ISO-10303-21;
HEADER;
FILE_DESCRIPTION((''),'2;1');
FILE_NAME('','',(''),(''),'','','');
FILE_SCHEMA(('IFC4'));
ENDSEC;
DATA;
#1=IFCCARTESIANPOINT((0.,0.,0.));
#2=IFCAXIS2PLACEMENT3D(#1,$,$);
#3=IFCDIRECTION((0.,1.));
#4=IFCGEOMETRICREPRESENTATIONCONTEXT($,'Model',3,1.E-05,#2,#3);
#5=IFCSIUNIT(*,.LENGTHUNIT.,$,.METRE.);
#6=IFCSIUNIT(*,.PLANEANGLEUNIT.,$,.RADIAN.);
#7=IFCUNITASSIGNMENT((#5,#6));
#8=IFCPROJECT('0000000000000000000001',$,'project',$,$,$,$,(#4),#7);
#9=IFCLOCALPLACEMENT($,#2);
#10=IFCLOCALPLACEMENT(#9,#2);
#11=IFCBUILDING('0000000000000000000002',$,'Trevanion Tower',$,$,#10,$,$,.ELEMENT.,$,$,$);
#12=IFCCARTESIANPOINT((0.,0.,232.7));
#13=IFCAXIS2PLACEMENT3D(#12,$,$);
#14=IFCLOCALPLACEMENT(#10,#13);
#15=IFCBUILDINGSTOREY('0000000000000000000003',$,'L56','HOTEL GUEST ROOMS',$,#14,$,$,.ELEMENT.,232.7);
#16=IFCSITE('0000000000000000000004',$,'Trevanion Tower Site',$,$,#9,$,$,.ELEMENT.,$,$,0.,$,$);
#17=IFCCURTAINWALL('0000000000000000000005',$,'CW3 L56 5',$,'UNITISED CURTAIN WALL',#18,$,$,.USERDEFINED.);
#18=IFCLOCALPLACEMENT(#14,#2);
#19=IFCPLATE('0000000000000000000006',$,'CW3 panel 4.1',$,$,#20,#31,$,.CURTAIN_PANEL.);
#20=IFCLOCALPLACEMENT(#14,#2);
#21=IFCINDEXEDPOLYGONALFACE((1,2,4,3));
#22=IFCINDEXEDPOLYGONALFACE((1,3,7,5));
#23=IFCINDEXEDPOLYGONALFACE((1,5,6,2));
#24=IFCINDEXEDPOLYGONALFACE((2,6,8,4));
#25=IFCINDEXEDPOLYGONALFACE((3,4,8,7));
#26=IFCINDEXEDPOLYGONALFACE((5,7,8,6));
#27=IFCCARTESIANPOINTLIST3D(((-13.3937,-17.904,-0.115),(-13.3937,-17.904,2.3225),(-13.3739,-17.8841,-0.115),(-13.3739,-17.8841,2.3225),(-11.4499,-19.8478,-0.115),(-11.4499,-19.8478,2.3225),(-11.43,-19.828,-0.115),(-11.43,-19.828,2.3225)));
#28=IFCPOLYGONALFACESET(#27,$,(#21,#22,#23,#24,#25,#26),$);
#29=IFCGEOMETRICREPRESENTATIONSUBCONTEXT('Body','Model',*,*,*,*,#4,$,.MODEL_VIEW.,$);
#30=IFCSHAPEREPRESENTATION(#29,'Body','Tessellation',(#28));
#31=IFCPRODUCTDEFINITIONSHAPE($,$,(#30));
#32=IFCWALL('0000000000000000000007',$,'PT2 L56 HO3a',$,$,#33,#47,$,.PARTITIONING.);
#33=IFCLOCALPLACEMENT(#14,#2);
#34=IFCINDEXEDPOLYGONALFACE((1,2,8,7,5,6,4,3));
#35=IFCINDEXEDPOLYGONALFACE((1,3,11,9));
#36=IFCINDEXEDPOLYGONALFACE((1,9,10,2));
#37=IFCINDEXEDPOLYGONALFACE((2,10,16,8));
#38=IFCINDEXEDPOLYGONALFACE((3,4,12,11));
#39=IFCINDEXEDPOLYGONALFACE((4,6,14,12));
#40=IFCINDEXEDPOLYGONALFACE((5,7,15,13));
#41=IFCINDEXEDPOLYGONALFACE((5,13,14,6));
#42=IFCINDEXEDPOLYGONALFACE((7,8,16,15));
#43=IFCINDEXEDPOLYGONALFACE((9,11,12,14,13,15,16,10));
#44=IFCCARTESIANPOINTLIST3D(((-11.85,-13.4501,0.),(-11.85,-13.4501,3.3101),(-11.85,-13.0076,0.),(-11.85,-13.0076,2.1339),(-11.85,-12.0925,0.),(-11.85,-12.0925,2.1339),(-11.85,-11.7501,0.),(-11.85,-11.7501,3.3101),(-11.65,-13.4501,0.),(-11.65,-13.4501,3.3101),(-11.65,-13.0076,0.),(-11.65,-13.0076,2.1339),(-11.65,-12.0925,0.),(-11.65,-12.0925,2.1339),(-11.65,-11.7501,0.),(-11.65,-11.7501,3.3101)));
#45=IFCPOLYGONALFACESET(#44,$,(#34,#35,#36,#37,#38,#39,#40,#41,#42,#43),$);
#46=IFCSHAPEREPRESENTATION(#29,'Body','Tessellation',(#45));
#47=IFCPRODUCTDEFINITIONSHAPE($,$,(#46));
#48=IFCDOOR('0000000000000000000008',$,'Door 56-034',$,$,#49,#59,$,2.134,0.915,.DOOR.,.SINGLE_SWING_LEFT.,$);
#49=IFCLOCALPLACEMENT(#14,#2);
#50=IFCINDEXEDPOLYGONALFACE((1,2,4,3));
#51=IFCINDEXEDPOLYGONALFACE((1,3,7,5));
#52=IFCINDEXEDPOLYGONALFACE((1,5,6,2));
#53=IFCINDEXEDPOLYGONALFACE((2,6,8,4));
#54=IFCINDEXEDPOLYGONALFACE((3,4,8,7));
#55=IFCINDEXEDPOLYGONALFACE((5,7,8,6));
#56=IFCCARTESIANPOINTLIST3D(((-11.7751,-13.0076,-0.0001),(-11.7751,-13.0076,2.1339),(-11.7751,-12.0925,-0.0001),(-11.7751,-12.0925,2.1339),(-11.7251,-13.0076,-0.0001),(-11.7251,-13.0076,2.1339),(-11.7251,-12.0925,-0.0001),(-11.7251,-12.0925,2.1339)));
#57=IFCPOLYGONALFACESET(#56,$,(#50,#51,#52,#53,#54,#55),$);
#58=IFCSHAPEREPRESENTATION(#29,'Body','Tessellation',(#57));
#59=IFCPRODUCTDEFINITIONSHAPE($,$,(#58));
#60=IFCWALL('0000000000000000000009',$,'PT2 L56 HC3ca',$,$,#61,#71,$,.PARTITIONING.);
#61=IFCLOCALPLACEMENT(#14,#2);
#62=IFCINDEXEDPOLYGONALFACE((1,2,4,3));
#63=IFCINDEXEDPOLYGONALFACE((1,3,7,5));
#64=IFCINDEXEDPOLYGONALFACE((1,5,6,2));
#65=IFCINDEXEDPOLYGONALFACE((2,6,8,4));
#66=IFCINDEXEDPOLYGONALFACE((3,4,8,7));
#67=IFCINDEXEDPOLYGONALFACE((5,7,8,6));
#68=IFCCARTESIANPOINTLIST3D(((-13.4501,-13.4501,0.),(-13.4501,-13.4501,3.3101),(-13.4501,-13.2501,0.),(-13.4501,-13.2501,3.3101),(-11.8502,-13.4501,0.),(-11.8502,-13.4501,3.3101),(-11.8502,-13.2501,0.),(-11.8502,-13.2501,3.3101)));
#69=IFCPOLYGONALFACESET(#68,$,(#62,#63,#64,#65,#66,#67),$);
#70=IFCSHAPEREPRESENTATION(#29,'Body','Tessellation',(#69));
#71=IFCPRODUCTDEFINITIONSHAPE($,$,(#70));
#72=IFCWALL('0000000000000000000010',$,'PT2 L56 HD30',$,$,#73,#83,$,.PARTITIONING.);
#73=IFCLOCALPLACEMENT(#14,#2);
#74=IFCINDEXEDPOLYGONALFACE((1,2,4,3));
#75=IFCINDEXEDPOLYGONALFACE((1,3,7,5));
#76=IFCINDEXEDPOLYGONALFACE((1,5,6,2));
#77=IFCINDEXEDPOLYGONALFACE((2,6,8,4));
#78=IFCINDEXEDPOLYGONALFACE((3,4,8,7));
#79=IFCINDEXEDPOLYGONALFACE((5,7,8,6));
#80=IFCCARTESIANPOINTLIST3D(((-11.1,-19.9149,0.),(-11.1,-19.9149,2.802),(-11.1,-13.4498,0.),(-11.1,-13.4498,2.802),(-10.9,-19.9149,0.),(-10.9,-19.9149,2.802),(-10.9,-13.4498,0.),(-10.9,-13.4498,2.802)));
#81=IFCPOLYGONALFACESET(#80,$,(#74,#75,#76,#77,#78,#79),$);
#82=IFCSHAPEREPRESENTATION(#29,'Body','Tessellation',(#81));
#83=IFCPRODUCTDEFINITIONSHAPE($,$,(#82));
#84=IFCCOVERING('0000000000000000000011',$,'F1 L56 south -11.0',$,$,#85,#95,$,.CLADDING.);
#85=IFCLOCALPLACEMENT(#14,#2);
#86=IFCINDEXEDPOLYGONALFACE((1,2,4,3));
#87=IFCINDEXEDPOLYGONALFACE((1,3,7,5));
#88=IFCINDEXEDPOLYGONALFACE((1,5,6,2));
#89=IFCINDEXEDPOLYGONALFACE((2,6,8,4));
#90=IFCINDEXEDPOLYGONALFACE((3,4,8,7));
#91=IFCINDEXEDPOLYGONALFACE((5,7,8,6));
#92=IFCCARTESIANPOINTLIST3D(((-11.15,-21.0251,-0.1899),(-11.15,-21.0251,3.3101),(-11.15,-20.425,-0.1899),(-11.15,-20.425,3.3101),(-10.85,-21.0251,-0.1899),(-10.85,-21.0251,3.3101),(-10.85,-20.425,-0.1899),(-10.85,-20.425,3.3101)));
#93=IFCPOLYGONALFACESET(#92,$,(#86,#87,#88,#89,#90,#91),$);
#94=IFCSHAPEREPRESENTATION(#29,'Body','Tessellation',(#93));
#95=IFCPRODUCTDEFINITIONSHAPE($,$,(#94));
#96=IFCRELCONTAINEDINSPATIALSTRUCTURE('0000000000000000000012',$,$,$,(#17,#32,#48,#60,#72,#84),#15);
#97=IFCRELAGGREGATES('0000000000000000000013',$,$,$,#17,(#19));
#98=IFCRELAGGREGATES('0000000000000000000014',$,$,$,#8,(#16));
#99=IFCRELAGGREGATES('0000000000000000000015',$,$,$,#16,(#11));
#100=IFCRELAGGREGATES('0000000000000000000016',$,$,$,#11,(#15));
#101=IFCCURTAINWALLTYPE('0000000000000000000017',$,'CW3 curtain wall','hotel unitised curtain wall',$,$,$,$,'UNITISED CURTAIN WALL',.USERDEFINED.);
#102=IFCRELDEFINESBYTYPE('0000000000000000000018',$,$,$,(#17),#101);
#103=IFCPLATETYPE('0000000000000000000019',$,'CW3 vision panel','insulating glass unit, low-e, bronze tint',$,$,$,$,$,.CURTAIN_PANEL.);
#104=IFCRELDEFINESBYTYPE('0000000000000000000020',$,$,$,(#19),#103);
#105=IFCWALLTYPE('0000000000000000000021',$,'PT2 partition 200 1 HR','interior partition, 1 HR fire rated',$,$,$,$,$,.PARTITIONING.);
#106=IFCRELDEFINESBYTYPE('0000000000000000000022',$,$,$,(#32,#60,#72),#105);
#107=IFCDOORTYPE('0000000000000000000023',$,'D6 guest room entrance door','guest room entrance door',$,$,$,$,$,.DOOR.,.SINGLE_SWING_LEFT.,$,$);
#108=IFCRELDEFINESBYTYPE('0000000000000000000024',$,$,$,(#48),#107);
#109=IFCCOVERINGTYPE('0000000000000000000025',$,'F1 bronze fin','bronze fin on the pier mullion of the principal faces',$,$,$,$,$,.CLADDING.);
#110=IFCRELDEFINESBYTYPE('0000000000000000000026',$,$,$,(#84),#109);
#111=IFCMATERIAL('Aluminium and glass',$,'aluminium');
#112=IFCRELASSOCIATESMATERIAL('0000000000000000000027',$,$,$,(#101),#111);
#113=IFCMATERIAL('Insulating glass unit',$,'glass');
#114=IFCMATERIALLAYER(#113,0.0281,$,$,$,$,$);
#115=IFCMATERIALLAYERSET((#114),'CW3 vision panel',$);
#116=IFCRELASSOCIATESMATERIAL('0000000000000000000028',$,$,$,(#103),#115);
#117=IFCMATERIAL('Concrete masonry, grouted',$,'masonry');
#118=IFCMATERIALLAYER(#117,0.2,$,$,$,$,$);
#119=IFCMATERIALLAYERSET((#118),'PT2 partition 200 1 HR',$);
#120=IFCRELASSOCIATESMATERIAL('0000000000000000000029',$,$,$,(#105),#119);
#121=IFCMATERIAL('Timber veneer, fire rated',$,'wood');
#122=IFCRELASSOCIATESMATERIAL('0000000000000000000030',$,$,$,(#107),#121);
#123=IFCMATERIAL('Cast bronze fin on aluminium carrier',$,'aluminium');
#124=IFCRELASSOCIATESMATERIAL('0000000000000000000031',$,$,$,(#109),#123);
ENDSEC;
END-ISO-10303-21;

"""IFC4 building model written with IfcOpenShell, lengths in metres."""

from ifc_helpers import new_model, si_unit, direction, frame, frame_2d, origin, origin_2d, place, context, subcontext, project, spatial, rectangle, extrude, material, layer, layer_set, type_object, element, fill, aggregate, save


model = new_model("IFC4")

# Units and contexts
model_context = context("Model", 3, precision=1e-05, world=origin(), true_north=direction((0.0, 1.0)))
body_context = subcontext(model_context, "Body", "Model", "MODEL_VIEW")
ifc_project = project(units=[si_unit("LENGTHUNIT", "METRE"), si_unit("PLANEANGLEUNIT", "RADIAN")], contexts=[model_context])

# Site, building, storey
site_placement = place(None, origin())
site = spatial("IfcSite", under=ifc_project, at=site_placement, Name="Trevanion Tower Site", CompositionType="ELEMENT", RefElevation=0.0)
building_placement = place(site_placement, origin())
building = spatial("IfcBuilding", under=site, at=building_placement, Name="Trevanion Tower", CompositionType="ELEMENT")
storey_placement = place(building_placement, frame((0.0, 0.0, 232.7)))
storey = spatial("IfcBuildingStorey", under=building, at=storey_placement, Name="L56", Description="HOTEL GUEST ROOMS", CompositionType="ELEMENT", Elevation=232.7)

# Curtain wall
ifc_material_1 = material(Name="Aluminium and glass", Category="aluminium")
curtain_wall_type = type_object("IfcCurtainWallType", Name="CW3 curtain wall", Description="hotel unitised curtain wall", ElementType="UNITISED CURTAIN WALL", PredefinedType="USERDEFINED", material=ifc_material_1)
curtain_wall_placement = place(storey_placement, origin())
curtain_wall = element("IfcCurtainWall", 1, at=curtain_wall_placement, inside=storey, type_object=curtain_wall_type, Name="CW3 L56 5", ObjectType="UNITISED CURTAIN WALL", PredefinedType="USERDEFINED")

# Plate
ifc_material_2 = material(Name="Insulating glass unit", Category="glass")
ifc_layer_1 = layer(ifc_material_2, 0.0281)
ifc_layer_set_1 = layer_set([ifc_layer_1], Name="CW3 vision panel")
plate_type_1 = type_object("IfcPlateType", Name="CW3 vision panel", Description="insulating glass unit, low-e, bronze tint", PredefinedType="CURTAIN_PANEL", material=ifc_layer_set_1)
plate_1_placement = place(storey_placement, frame((-12.4119, -18.866, -0.115), z_axis=(0.0, 0.0, 1.0), x_axis=(0.707107, -0.707107, 0.0)))
plate_1 = element("IfcPlate", 2, at=plate_1_placement, type_object=plate_type_1, Name="CW3 panel 4.1", PredefinedType="CURTAIN_PANEL", context=body_context, shape_type="SweptSolid", body=[
    extrude(rectangle(XDim=2.749, YDim=0.0281, at=origin_2d()), origin(), (0.0, 0.0, 1.0), 2.4375),
])
aggregate(curtain_wall, [plate_1])

# Wall, opening, door
ifc_material_3 = material(Name="Concrete masonry, grouted", Category="masonry")
ifc_layer_2 = layer(ifc_material_3, 0.2)
ifc_layer_set_2 = layer_set([ifc_layer_2], Name="PT2 partition 200 1 HR")
wall_type = type_object("IfcWallType", Name="PT2 partition 200 1 HR", Description="interior partition, 1 HR fire rated", PredefinedType="PARTITIONING", material=ifc_layer_set_2)
wall_1_placement = place(storey_placement, frame((-11.75, -11.75, 0.0), z_axis=(0.0, 0.0, 1.0), x_axis=(0.0, -1.0, 0.0)))
wall_1 = element("IfcWall", 3, at=wall_1_placement, inside=storey, type_object=wall_type, Name="PT2 L56 HO3a", PredefinedType="PARTITIONING", context=body_context, shape_type="SweptSolid", body=[
    extrude(rectangle(XDim=1.7, YDim=0.2, at=frame_2d((0.8501, 0.0))), origin(), (0.0, 0.0, 1.0), 3.3101),
])
opening_placement = place(wall_1_placement, frame((0.3425, 0.0, 0.0)))
opening = element("IfcOpeningElement", 4, at=opening_placement, cuts=wall_1, PredefinedType="OPENING", context=body_context, shape_type="SweptSolid", body=[
    extrude(rectangle(XDim=0.915, YDim=2.134, at=frame_2d((0.4575, 1.0669))), frame((0.0, 0.1099, 0.0), z_axis=(0.0, -1.0, 0.0), x_axis=(1.0, 0.0, 0.0)), (0.0, 0.0, 1.0), 0.22),
])
ifc_material_4 = material(Name="Timber veneer, fire rated", Category="wood")
door_type = type_object("IfcDoorType", Name="D6 guest room entrance door", Description="guest room entrance door", OperationType="SINGLE_SWING_LEFT", PredefinedType="DOOR", material=ifc_material_4)
door_placement = place(opening_placement, origin())
door = element("IfcDoor", 5, at=door_placement, inside=storey, type_object=door_type, Name="Door 56-034", OperationType="SINGLE_SWING_LEFT", OverallHeight=2.134, OverallWidth=0.915, PredefinedType="DOOR", context=body_context, shape_type="SweptSolid", body=[
    extrude(rectangle(XDim=0.915, YDim=2.134, at=frame_2d((0.4575, 1.0669))), frame((0.0, 0.0249, 0.0), z_axis=(0.0, -1.0, 0.0), x_axis=(1.0, 0.0, 0.0)), (0.0, 0.0, 1.0), 0.05),
])
fill(opening, door)

# Walls
wall_2_placement = place(storey_placement, frame((-13.45, -13.3501, 0.0), z_axis=(0.0, 0.0, 1.0), x_axis=(1.0, 0.0, 0.0)))
element("IfcWall", 6, at=wall_2_placement, inside=storey, type_object=wall_type, Name="PT2 L56 HC3ca", PredefinedType="PARTITIONING", context=body_context, shape_type="SweptSolid", body=[
    extrude(rectangle(XDim=1.5999, YDim=0.2, at=frame_2d((0.7998, 0.0))), origin(), (0.0, 0.0, 1.0), 3.3101),
])
wall_3_placement = place(storey_placement, frame((-11.0, -13.45, 0.0), z_axis=(0.0, 0.0, 1.0), x_axis=(0.0, -1.0, 0.0)))
element("IfcWall", 7, at=wall_3_placement, inside=storey, type_object=wall_type, Name="PT2 L56 HD30", PredefinedType="PARTITIONING", context=body_context, shape_type="SweptSolid", body=[
    extrude(rectangle(XDim=6.4651, YDim=0.2, at=frame_2d((3.2324, 0.0))), origin(), (0.0, 0.0, 1.0), 2.802),
])

# Covering
ifc_material_5 = material(Name="Cast bronze fin on aluminium carrier", Category="aluminium")
covering_type = type_object("IfcCoveringType", Name="F1 bronze fin", Description="bronze fin on the pier mullion of the principal faces", PredefinedType="CLADDING", material=ifc_material_5)
covering_placement = place(storey_placement, frame((-11.0, -20.7251, -0.1899), z_axis=(0.0, 0.0, 1.0), x_axis=(1.0, 0.0, 0.0)))
element("IfcCovering", 8, at=covering_placement, inside=storey, type_object=covering_type, Name="F1 L56 south -11.0", PredefinedType="CLADDING", context=body_context, shape_type="SweptSolid", body=[
    extrude(rectangle(XDim=0.3, YDim=0.6001, at=origin_2d()), origin(), (0.0, 0.0, 1.0), 3.5),
])

save(model, "model.ifc")
